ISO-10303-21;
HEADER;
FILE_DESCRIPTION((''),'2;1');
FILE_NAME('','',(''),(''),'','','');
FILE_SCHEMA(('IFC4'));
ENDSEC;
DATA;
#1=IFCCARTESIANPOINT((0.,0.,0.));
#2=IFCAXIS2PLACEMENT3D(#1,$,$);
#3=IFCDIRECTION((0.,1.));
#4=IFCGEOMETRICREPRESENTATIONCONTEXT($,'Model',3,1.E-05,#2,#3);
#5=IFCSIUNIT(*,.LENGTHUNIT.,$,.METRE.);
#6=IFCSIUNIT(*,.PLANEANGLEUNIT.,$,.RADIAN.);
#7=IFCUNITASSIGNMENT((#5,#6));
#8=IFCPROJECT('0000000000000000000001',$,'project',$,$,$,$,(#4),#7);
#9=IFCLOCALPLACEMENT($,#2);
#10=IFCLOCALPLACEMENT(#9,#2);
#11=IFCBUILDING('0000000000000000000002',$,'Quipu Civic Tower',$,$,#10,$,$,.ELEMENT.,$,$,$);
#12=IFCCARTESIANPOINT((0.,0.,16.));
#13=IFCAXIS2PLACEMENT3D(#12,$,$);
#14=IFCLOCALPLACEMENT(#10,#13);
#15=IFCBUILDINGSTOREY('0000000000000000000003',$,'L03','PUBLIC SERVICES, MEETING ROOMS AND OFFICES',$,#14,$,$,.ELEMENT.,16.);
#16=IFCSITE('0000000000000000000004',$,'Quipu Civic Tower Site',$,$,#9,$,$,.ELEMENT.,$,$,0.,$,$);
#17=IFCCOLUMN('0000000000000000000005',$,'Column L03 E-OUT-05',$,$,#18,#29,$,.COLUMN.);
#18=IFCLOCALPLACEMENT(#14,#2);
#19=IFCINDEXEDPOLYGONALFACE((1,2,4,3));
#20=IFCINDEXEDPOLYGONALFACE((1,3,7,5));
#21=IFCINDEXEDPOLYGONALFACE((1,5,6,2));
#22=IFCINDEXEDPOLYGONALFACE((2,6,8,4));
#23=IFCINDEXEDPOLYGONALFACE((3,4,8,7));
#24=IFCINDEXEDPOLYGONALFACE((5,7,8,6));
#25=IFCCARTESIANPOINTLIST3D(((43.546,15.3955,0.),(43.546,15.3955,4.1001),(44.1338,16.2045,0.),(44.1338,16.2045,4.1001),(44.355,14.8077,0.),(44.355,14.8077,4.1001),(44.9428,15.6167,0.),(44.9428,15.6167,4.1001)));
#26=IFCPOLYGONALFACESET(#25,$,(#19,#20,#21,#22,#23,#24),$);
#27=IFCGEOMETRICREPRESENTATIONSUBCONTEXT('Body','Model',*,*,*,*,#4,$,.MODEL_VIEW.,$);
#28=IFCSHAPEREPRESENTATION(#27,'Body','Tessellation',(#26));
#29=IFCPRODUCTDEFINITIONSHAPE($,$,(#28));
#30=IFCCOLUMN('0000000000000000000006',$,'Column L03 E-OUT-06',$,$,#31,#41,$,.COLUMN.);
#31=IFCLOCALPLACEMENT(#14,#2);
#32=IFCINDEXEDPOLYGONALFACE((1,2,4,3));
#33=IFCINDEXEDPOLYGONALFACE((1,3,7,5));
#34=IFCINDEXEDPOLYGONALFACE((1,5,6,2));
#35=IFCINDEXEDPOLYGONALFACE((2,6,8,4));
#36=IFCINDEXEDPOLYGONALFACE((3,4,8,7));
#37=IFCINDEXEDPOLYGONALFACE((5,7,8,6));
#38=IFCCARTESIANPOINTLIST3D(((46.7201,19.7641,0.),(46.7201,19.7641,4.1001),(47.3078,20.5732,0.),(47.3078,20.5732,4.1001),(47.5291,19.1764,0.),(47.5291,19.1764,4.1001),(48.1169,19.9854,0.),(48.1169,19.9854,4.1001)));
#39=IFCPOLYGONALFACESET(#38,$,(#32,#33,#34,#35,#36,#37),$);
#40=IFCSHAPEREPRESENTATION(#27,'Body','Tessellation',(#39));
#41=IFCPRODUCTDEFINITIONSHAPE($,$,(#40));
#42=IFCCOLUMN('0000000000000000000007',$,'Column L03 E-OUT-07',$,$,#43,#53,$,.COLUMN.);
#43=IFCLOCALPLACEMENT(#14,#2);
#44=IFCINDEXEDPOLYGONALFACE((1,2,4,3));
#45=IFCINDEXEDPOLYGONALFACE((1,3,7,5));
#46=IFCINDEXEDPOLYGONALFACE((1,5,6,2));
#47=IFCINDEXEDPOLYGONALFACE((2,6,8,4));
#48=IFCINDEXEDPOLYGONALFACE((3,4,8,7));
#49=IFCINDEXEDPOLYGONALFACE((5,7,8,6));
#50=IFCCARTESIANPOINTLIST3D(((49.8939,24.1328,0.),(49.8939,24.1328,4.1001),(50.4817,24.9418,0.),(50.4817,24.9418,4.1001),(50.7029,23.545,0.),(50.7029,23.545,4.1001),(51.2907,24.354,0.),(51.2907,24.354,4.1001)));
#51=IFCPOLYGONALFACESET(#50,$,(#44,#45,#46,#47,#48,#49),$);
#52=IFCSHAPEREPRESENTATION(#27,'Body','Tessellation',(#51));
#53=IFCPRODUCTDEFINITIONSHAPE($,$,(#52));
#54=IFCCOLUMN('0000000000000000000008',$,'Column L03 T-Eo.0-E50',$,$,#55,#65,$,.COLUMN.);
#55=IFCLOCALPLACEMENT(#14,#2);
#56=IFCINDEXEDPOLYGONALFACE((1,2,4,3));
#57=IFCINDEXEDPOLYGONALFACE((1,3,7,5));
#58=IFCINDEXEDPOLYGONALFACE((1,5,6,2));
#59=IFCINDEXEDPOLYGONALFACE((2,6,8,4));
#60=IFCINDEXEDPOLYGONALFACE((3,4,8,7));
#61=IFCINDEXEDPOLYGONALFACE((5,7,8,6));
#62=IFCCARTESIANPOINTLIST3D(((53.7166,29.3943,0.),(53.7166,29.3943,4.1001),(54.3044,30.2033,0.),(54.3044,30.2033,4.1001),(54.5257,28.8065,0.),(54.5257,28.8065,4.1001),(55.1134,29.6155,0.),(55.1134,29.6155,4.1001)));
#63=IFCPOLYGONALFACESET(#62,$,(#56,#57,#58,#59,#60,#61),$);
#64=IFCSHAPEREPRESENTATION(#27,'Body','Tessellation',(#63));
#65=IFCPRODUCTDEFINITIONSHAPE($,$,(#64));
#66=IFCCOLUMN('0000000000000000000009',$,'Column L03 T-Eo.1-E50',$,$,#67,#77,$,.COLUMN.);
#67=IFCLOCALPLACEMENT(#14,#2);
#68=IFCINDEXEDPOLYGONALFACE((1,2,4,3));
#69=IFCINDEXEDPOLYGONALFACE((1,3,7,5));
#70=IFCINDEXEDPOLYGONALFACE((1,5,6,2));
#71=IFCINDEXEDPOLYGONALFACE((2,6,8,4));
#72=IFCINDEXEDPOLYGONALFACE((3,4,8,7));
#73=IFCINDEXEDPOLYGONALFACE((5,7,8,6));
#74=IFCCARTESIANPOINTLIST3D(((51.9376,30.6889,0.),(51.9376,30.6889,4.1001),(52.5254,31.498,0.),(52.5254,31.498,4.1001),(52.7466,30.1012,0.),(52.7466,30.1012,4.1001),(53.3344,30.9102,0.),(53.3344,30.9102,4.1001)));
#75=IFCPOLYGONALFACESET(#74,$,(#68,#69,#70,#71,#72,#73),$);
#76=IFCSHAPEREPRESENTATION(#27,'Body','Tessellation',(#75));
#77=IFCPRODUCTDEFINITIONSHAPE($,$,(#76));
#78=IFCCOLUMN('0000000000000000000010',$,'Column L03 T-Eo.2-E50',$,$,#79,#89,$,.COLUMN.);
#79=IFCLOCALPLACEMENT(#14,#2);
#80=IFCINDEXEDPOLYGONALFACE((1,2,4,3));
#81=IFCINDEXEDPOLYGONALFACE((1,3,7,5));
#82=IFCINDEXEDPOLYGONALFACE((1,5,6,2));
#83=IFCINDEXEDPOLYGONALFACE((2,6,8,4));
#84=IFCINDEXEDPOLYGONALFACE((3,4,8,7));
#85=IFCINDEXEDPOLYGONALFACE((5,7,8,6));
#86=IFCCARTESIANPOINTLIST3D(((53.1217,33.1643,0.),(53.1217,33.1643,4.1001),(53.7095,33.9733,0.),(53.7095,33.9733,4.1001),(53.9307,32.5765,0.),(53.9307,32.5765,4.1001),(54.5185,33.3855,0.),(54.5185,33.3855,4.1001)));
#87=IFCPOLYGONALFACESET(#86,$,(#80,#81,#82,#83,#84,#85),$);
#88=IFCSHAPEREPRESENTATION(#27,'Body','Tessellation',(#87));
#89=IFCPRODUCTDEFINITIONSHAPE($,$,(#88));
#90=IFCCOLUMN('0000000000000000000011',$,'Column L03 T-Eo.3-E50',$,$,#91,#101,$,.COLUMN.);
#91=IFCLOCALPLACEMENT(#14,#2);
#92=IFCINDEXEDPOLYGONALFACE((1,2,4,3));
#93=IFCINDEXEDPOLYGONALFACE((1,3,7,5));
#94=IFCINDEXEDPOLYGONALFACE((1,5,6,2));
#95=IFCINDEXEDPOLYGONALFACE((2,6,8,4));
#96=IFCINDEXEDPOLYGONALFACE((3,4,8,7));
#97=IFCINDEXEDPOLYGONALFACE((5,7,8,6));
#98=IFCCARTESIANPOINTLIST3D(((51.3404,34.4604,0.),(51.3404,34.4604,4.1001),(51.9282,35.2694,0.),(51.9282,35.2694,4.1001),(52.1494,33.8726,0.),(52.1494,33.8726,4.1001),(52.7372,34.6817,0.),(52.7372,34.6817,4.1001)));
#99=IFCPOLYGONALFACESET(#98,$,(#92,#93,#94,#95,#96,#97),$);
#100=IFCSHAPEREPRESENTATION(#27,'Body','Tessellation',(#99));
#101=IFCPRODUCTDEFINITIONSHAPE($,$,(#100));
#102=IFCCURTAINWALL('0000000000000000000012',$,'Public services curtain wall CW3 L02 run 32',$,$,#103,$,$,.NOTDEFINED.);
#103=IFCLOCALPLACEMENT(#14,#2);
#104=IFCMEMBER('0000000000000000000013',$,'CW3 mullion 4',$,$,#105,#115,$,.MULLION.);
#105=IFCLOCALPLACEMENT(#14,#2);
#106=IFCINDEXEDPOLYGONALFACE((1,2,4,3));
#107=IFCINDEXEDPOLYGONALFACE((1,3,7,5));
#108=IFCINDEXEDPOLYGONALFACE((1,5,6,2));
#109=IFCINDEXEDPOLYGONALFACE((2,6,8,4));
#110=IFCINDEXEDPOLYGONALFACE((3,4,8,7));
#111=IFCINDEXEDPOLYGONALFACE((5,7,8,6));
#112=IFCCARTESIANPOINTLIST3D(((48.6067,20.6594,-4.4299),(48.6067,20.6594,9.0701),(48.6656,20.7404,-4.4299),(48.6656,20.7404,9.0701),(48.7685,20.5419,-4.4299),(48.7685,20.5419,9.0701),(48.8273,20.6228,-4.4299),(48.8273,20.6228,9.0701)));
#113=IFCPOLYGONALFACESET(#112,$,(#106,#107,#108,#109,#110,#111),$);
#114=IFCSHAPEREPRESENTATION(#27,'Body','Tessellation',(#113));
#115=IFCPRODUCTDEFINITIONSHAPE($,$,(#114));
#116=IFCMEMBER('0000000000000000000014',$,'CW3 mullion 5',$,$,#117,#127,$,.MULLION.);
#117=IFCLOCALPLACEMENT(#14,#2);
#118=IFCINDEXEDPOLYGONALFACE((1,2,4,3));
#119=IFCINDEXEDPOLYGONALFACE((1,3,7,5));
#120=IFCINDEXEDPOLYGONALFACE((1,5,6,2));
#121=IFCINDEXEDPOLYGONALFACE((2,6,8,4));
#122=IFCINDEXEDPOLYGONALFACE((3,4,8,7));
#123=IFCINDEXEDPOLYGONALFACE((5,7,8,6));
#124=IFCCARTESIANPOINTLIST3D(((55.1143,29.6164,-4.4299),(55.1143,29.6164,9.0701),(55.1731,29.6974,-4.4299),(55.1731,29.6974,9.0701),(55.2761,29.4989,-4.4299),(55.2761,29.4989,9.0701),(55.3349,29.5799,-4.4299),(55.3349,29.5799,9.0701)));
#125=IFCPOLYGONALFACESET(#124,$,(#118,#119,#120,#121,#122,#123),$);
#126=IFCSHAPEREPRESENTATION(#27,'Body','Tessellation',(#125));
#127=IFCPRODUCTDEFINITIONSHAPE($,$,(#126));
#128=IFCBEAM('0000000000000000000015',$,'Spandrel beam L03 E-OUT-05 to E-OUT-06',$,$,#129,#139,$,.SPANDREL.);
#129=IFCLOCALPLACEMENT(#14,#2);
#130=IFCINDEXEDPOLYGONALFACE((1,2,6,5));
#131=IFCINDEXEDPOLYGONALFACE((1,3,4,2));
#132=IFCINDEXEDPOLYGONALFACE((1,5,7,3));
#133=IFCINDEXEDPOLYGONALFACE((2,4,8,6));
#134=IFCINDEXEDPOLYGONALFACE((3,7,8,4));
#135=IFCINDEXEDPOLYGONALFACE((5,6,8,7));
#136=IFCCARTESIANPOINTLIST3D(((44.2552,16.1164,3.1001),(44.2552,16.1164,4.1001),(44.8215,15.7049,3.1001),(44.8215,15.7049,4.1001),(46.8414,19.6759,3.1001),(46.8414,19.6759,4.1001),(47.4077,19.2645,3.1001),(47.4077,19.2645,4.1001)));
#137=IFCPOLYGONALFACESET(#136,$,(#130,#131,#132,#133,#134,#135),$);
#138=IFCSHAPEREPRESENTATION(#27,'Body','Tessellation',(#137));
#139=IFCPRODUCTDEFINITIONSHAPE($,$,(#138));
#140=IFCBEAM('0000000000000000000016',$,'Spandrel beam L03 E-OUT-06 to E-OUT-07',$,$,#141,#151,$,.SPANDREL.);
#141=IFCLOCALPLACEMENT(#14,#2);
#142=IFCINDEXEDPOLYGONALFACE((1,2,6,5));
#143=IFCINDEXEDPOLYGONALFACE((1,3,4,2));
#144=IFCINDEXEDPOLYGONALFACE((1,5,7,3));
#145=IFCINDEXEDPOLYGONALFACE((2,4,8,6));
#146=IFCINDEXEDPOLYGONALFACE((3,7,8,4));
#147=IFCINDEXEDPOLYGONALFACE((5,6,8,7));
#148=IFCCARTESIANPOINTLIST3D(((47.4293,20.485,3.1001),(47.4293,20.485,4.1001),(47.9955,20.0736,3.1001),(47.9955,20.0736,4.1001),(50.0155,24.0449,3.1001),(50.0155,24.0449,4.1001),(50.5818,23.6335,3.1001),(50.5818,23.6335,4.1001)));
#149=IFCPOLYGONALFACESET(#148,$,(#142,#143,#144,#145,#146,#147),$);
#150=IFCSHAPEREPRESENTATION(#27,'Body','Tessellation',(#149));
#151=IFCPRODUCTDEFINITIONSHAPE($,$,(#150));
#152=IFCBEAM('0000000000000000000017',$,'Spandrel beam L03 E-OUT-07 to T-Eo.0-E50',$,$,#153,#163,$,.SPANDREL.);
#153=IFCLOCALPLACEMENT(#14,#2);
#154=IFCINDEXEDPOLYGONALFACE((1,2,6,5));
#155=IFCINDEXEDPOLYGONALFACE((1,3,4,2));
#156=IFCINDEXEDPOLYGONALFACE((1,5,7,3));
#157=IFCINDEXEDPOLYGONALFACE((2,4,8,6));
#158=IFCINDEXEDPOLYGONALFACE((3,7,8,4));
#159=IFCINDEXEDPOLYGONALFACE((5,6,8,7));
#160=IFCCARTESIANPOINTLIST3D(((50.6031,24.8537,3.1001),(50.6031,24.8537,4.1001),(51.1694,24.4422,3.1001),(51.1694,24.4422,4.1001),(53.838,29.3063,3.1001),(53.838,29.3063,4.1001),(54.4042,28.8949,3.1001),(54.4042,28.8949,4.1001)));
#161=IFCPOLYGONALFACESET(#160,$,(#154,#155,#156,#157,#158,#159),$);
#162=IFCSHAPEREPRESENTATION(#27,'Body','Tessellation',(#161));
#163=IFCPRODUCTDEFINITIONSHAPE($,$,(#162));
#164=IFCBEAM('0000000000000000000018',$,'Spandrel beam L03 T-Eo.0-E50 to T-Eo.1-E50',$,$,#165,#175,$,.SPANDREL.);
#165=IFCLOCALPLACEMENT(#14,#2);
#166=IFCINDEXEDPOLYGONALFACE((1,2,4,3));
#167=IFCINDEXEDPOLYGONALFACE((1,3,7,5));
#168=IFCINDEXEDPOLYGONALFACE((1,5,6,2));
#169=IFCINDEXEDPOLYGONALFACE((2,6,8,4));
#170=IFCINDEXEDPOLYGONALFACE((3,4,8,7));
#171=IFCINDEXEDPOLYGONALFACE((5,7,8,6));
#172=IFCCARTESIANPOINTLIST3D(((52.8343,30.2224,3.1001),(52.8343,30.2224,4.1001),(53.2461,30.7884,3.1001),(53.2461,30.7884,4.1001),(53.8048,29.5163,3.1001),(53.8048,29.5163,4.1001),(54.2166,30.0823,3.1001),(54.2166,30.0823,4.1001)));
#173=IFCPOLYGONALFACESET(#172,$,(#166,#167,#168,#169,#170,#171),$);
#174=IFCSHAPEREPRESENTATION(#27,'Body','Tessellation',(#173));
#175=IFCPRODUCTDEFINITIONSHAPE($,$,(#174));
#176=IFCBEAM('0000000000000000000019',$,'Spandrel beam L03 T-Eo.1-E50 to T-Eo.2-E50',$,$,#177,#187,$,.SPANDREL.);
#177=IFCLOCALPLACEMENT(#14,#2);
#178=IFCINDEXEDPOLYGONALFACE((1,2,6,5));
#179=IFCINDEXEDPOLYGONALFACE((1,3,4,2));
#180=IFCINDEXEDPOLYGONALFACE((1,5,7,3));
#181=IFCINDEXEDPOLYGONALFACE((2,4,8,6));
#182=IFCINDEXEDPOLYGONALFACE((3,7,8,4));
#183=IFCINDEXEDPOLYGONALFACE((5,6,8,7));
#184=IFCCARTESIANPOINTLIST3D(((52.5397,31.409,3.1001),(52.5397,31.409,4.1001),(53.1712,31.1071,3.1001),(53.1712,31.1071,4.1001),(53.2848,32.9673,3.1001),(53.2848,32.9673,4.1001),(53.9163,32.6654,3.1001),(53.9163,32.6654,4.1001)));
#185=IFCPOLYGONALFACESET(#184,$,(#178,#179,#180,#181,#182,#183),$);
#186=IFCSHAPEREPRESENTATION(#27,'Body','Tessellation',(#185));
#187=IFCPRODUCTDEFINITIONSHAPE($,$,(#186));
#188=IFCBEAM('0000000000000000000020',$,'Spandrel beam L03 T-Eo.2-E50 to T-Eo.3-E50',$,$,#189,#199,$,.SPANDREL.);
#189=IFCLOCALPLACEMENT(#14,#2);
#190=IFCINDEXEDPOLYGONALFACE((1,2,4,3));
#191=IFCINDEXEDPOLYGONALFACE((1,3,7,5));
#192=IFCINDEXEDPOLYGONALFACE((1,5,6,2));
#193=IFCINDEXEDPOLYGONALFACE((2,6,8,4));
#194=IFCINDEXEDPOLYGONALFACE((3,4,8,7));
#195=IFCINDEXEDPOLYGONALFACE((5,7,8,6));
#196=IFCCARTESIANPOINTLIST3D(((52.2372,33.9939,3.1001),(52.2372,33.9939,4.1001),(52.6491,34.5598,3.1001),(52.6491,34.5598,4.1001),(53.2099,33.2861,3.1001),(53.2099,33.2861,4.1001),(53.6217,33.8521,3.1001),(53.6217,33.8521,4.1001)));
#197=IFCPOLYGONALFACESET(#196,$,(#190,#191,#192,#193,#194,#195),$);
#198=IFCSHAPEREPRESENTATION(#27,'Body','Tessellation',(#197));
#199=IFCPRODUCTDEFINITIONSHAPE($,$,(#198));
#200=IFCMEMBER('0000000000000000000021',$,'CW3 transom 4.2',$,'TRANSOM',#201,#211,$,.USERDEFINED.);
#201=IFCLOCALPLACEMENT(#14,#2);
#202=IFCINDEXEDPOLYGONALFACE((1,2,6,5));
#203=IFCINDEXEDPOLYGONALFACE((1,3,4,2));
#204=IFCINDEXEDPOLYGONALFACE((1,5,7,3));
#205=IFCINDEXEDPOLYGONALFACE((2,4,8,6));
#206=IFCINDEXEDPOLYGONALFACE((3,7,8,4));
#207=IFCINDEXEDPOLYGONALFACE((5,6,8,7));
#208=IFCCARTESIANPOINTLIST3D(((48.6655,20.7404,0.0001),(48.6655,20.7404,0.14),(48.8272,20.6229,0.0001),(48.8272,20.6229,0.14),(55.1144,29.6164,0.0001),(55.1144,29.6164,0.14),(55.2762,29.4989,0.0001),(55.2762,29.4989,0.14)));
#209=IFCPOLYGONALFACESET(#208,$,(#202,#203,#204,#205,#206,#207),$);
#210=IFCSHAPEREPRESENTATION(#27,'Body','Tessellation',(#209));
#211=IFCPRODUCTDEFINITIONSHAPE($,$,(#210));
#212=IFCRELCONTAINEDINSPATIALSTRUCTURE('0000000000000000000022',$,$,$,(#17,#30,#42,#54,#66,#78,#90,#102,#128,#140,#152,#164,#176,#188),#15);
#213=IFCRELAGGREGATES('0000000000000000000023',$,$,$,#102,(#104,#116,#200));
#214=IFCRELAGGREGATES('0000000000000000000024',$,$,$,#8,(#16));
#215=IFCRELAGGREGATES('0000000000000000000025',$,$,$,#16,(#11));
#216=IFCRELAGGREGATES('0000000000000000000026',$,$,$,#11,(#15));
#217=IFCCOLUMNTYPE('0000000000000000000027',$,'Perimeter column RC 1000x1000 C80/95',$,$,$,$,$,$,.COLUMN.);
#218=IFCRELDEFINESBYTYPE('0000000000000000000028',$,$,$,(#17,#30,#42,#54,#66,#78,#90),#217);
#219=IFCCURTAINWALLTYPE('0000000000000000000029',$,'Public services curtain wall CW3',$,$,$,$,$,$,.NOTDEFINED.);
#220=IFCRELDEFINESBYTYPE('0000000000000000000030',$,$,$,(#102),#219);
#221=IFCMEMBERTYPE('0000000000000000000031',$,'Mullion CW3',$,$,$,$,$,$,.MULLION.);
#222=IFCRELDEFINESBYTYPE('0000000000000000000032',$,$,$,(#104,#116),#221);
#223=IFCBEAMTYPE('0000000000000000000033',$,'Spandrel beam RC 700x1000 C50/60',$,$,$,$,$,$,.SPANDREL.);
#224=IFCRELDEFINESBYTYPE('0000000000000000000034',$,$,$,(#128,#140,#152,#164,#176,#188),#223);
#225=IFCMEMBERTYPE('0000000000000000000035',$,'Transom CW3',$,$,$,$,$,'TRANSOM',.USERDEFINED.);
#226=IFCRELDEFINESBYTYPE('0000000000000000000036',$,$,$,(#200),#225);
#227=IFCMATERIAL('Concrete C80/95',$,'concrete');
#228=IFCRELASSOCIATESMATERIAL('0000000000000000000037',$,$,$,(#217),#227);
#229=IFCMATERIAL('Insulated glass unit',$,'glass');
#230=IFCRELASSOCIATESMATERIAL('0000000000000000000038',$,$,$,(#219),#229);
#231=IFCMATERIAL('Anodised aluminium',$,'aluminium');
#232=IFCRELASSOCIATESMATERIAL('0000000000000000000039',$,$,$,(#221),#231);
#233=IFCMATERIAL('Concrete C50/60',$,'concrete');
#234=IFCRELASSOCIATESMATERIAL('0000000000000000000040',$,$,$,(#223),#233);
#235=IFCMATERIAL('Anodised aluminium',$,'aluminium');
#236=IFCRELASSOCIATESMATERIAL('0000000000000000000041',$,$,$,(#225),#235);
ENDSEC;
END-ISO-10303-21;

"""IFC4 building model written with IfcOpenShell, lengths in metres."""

from ifc_helpers import new_model, si_unit, direction, frame, origin, origin_2d, place, context, subcontext, project, spatial, rectangle, extrude, material, material_profile, profile_set, type_object, element, aggregate, save


model = new_model("IFC4")

# Units and contexts
model_context = context("Model", 3, precision=1e-05, world=origin(), true_north=direction((0.0, 1.0)))
body_context = subcontext(model_context, "Body", "Model", "MODEL_VIEW")
ifc_project = project(units=[si_unit("LENGTHUNIT", "METRE"), si_unit("PLANEANGLEUNIT", "RADIAN")], contexts=[model_context])

# Site, building, storey
site_placement = place(None, origin())
site = spatial("IfcSite", under=ifc_project, at=site_placement, Name="Quipu Civic Tower Site", CompositionType="ELEMENT", RefElevation=0.0)
building_placement = place(site_placement, origin())
building = spatial("IfcBuilding", under=site, at=building_placement, Name="Quipu Civic Tower", CompositionType="ELEMENT")
storey_placement = place(building_placement, frame((0.0, 0.0, 16.0)))
storey = spatial("IfcBuildingStorey", under=building, at=storey_placement, Name="L03", Description="PUBLIC SERVICES, MEETING ROOMS AND OFFICES", CompositionType="ELEMENT", Elevation=16.0)

# Columns
ifc_material_1 = material(Name="Concrete C80/95", Category="concrete")
ifc_material_profile_1 = material_profile(ifc_material_1, rectangle(XDim=1.0, YDim=1.0, at=origin_2d()), Name="RC1000x1000")
ifc_profile_set_1 = profile_set([ifc_material_profile_1], Name="Concrete C80/95")
column_type = type_object("IfcColumnType", Name="Perimeter column RC 1000x1000 C80/95", PredefinedType="COLUMN", material=ifc_profile_set_1)
for number, where, z_axis, x_axis, name in (
    (1, (44.2444, 15.5061, 0.0), (0.0, 0.0, 1.0), (0.587785, 0.809017, 0.0), "Column L03 E-OUT-05"),
    (2, (47.4185, 19.8748, 0.0), (0.0, 0.0, 1.0), (0.587785, 0.809017, 0.0), "Column L03 E-OUT-06"),
    (3, (50.5923, 24.2434, 0.0), (0.0, 0.0, 1.0), (0.587785, 0.809017, 0.0), "Column L03 E-OUT-07"),
    (4, (54.415, 29.5049, 0.0), (0.0, 0.0, 1.0), (0.587785, 0.809017, 0.0), "Column L03 T-Eo.0-E50"),
    (5, (52.636, 30.7996, 0.0), (0.0, 0.0, 1.0), (-0.809017, 0.587785, 0.0), "Column L03 T-Eo.1-E50"),
    (6, (53.8201, 33.2749, 0.0), (0.0, 0.0, 1.0), (-0.809017, 0.587785, 0.0), "Column L03 T-Eo.2-E50"),
    (7, (52.0388, 34.571, 0.0), (0.0, 0.0, 1.0), (0.587785, 0.809017, 0.0), "Column L03 T-Eo.3-E50"),
):
    element("IfcColumn", number, at=place(storey_placement, frame(where, z_axis=z_axis, x_axis=x_axis)), inside=storey, type_object=column_type, Name=name, PredefinedType="COLUMN", context=body_context, shape_type="SweptSolid", body=[
        extrude(rectangle(XDim=1.0, YDim=1.0, at=origin_2d()), origin(), (0.0, 0.0, 1.0), 4.1001),
    ])

# Curtain wall, members
ifc_material_2 = material(Name="Insulated glass unit", Category="glass")
curtain_wall_type = type_object("IfcCurtainWallType", Name="Public services curtain wall CW3", PredefinedType="NOTDEFINED", material=ifc_material_2)
curtain_wall_placement = place(storey_placement, origin())
curtain_wall = element("IfcCurtainWall", 8, at=curtain_wall_placement, inside=storey, type_object=curtain_wall_type, Name="Public services curtain wall CW3 L02 run 32", PredefinedType="NOTDEFINED")
ifc_material_3 = material(Name="Anodised aluminium", Category="aluminium")
ifc_material_profile_2 = material_profile(ifc_material_3, rectangle(XDim=0.2, YDim=0.1001, at=origin_2d()), Name="RECT 200x100")
ifc_profile_set_2 = profile_set([ifc_material_profile_2], Name="Anodised aluminium")
member_type_1 = type_object("IfcMemberType", Name="Mullion CW3", PredefinedType="MULLION", material=ifc_profile_set_2)
member_1_placement = place(storey_placement, frame((48.717, 20.6411, -4.4299), z_axis=(0.0, 0.0, 1.0), x_axis=(-0.809017, 0.587785, 0.0)))
member_1 = element("IfcMember", 9, at=member_1_placement, type_object=member_type_1, Name="CW3 mullion 4", PredefinedType="MULLION", context=body_context, shape_type="SweptSolid", body=[
    extrude(rectangle(XDim=0.2, YDim=0.1001, at=origin_2d()), origin(), (0.0, 0.0, 1.0), 13.5),
])
member_2_placement = place(storey_placement, frame((55.2246, 29.5981, -4.4299), z_axis=(0.0, 0.0, 1.0), x_axis=(-0.809017, 0.587785, 0.0)))
member_2 = element("IfcMember", 10, at=member_2_placement, type_object=member_type_1, Name="CW3 mullion 5", PredefinedType="MULLION", context=body_context, shape_type="SweptSolid", body=[
    extrude(rectangle(XDim=0.2, YDim=0.1001, at=origin_2d()), origin(), (0.0, 0.0, 1.0), 13.5),
])

# Beams
ifc_material_4 = material(Name="Concrete C50/60", Category="concrete")
ifc_material_profile_3 = material_profile(ifc_material_4, rectangle(XDim=0.7, YDim=1.0, at=origin_2d()), Name="RC700x1000")
ifc_profile_set_3 = profile_set([ifc_material_profile_3], Name="Concrete C50/60")
beam_type = type_object("IfcBeamType", Name="Spandrel beam RC 700x1000 C50/60", PredefinedType="SPANDREL", material=ifc_profile_set_3)
beam_1_placement = place(storey_placement, frame((44.5383, 15.9106, 3.6001), z_axis=(0.587786, 0.809017, 0.0), x_axis=(-0.809017, 0.587786, 0.0)))
element("IfcBeam", 11, at=beam_1_placement, inside=storey, type_object=beam_type, Name="Spandrel beam L03 E-OUT-05 to E-OUT-06", PredefinedType="SPANDREL", context=body_context, shape_type="SweptSolid", body=[
    extrude(rectangle(XDim=0.7, YDim=1.0, at=origin_2d()), origin(), (0.0, 0.0, 1.0), 4.3999),
])
beam_2_placement = place(storey_placement, frame((47.7124, 20.2793, 3.6001), z_axis=(0.587759, 0.809036, 0.0), x_axis=(-0.809036, 0.587759, 0.0)))
element("IfcBeam", 12, at=beam_2_placement, inside=storey, type_object=beam_type, Name="Spandrel beam L03 E-OUT-06 to E-OUT-07", PredefinedType="SPANDREL", context=body_context, shape_type="SweptSolid", body=[
    extrude(rectangle(XDim=0.7, YDim=1.0, at=origin_2d()), origin(), (0.0, 0.0, 1.0), 4.4001),
])
beam_3_placement = place(storey_placement, frame((50.8862, 24.6479, 3.6001), z_axis=(0.587765, 0.809031, 0.0), x_axis=(-0.809031, 0.587765, 0.0)))
element("IfcBeam", 13, at=beam_3_placement, inside=storey, type_object=beam_type, Name="Spandrel beam L03 E-OUT-07 to T-Eo.0-E50", PredefinedType="SPANDREL", context=body_context, shape_type="SweptSolid", body=[
    extrude(rectangle(XDim=0.7, YDim=1.0, at=origin_2d()), origin(), (0.0, 0.0, 1.0), 5.5037),
])
beam_4_placement = place(storey_placement, frame((54.0107, 29.7993, 3.6001), z_axis=(-0.808631, 0.588317, 0.0), x_axis=(-0.588317, -0.808631, 0.0)))
element("IfcBeam", 14, at=beam_4_placement, inside=storey, type_object=beam_type, Name="Spandrel beam L03 T-Eo.0-E50 to T-Eo.1-E50", PredefinedType="SPANDREL", context=body_context, shape_type="SweptSolid", body=[
    extrude(rectangle(XDim=0.7, YDim=1.0, at=origin_2d()), origin(), (0.0, 0.0, 1.0), 1.2002),
])
beam_5_placement = place(storey_placement, frame((52.8555, 31.2581, 3.6001), z_axis=(0.43137, 0.902175, 0.0), x_axis=(-0.902175, 0.43137, 0.0)))
element("IfcBeam", 15, at=beam_5_placement, inside=storey, type_object=beam_type, Name="Spandrel beam L03 T-Eo.1-E50 to T-Eo.2-E50", PredefinedType="SPANDREL", context=body_context, shape_type="SweptSolid", body=[
    extrude(rectangle(XDim=0.7, YDim=1.0, at=origin_2d()), origin(), (0.0, 0.0, 1.0), 1.7273),
])
beam_6_placement = place(storey_placement, frame((53.4158, 33.5691, 3.6001), z_axis=(-0.808587, 0.588377, 0.0), x_axis=(-0.588377, -0.808587, 0.0)))
element("IfcBeam", 16, at=beam_6_placement, inside=storey, type_object=beam_type, Name="Spandrel beam L03 T-Eo.2-E50 to T-Eo.3-E50", PredefinedType="SPANDREL", context=body_context, shape_type="SweptSolid", body=[
    extrude(rectangle(XDim=0.7, YDim=1.0, at=origin_2d()), origin(), (0.0, 0.0, 1.0), 1.2029),
])

# Member
ifc_material_5 = material(Name="Anodised aluminium", Category="aluminium")
ifc_material_profile_4 = material_profile(ifc_material_5, rectangle(XDim=0.2, YDim=0.1399, at=origin_2d()), Name="RECT 200x140")
ifc_profile_set_4 = profile_set([ifc_material_profile_4], Name="Anodised aluminium")
member_type_2 = type_object("IfcMemberType", Name="Transom CW3", ElementType="TRANSOM", PredefinedType="USERDEFINED", material=ifc_profile_set_4)
member_3_placement = place(storey_placement, frame((48.7463, 20.6816, 0.0701), z_axis=(0.587797, 0.809008, 0.0), x_axis=(-0.809008, 0.587797, 0.0)))
member_3 = element("IfcMember", 17, at=member_3_placement, type_object=member_type_2, Name="CW3 transom 4.2", ObjectType="TRANSOM", PredefinedType="USERDEFINED", context=body_context, shape_type="SweptSolid", body=[
    extrude(rectangle(XDim=0.2, YDim=0.1399, at=origin_2d()), origin(), (0.0, 0.0, 1.0), 10.9714),
])

aggregate(curtain_wall, [member_1, member_2, member_3])

save(model, "model.ifc")
